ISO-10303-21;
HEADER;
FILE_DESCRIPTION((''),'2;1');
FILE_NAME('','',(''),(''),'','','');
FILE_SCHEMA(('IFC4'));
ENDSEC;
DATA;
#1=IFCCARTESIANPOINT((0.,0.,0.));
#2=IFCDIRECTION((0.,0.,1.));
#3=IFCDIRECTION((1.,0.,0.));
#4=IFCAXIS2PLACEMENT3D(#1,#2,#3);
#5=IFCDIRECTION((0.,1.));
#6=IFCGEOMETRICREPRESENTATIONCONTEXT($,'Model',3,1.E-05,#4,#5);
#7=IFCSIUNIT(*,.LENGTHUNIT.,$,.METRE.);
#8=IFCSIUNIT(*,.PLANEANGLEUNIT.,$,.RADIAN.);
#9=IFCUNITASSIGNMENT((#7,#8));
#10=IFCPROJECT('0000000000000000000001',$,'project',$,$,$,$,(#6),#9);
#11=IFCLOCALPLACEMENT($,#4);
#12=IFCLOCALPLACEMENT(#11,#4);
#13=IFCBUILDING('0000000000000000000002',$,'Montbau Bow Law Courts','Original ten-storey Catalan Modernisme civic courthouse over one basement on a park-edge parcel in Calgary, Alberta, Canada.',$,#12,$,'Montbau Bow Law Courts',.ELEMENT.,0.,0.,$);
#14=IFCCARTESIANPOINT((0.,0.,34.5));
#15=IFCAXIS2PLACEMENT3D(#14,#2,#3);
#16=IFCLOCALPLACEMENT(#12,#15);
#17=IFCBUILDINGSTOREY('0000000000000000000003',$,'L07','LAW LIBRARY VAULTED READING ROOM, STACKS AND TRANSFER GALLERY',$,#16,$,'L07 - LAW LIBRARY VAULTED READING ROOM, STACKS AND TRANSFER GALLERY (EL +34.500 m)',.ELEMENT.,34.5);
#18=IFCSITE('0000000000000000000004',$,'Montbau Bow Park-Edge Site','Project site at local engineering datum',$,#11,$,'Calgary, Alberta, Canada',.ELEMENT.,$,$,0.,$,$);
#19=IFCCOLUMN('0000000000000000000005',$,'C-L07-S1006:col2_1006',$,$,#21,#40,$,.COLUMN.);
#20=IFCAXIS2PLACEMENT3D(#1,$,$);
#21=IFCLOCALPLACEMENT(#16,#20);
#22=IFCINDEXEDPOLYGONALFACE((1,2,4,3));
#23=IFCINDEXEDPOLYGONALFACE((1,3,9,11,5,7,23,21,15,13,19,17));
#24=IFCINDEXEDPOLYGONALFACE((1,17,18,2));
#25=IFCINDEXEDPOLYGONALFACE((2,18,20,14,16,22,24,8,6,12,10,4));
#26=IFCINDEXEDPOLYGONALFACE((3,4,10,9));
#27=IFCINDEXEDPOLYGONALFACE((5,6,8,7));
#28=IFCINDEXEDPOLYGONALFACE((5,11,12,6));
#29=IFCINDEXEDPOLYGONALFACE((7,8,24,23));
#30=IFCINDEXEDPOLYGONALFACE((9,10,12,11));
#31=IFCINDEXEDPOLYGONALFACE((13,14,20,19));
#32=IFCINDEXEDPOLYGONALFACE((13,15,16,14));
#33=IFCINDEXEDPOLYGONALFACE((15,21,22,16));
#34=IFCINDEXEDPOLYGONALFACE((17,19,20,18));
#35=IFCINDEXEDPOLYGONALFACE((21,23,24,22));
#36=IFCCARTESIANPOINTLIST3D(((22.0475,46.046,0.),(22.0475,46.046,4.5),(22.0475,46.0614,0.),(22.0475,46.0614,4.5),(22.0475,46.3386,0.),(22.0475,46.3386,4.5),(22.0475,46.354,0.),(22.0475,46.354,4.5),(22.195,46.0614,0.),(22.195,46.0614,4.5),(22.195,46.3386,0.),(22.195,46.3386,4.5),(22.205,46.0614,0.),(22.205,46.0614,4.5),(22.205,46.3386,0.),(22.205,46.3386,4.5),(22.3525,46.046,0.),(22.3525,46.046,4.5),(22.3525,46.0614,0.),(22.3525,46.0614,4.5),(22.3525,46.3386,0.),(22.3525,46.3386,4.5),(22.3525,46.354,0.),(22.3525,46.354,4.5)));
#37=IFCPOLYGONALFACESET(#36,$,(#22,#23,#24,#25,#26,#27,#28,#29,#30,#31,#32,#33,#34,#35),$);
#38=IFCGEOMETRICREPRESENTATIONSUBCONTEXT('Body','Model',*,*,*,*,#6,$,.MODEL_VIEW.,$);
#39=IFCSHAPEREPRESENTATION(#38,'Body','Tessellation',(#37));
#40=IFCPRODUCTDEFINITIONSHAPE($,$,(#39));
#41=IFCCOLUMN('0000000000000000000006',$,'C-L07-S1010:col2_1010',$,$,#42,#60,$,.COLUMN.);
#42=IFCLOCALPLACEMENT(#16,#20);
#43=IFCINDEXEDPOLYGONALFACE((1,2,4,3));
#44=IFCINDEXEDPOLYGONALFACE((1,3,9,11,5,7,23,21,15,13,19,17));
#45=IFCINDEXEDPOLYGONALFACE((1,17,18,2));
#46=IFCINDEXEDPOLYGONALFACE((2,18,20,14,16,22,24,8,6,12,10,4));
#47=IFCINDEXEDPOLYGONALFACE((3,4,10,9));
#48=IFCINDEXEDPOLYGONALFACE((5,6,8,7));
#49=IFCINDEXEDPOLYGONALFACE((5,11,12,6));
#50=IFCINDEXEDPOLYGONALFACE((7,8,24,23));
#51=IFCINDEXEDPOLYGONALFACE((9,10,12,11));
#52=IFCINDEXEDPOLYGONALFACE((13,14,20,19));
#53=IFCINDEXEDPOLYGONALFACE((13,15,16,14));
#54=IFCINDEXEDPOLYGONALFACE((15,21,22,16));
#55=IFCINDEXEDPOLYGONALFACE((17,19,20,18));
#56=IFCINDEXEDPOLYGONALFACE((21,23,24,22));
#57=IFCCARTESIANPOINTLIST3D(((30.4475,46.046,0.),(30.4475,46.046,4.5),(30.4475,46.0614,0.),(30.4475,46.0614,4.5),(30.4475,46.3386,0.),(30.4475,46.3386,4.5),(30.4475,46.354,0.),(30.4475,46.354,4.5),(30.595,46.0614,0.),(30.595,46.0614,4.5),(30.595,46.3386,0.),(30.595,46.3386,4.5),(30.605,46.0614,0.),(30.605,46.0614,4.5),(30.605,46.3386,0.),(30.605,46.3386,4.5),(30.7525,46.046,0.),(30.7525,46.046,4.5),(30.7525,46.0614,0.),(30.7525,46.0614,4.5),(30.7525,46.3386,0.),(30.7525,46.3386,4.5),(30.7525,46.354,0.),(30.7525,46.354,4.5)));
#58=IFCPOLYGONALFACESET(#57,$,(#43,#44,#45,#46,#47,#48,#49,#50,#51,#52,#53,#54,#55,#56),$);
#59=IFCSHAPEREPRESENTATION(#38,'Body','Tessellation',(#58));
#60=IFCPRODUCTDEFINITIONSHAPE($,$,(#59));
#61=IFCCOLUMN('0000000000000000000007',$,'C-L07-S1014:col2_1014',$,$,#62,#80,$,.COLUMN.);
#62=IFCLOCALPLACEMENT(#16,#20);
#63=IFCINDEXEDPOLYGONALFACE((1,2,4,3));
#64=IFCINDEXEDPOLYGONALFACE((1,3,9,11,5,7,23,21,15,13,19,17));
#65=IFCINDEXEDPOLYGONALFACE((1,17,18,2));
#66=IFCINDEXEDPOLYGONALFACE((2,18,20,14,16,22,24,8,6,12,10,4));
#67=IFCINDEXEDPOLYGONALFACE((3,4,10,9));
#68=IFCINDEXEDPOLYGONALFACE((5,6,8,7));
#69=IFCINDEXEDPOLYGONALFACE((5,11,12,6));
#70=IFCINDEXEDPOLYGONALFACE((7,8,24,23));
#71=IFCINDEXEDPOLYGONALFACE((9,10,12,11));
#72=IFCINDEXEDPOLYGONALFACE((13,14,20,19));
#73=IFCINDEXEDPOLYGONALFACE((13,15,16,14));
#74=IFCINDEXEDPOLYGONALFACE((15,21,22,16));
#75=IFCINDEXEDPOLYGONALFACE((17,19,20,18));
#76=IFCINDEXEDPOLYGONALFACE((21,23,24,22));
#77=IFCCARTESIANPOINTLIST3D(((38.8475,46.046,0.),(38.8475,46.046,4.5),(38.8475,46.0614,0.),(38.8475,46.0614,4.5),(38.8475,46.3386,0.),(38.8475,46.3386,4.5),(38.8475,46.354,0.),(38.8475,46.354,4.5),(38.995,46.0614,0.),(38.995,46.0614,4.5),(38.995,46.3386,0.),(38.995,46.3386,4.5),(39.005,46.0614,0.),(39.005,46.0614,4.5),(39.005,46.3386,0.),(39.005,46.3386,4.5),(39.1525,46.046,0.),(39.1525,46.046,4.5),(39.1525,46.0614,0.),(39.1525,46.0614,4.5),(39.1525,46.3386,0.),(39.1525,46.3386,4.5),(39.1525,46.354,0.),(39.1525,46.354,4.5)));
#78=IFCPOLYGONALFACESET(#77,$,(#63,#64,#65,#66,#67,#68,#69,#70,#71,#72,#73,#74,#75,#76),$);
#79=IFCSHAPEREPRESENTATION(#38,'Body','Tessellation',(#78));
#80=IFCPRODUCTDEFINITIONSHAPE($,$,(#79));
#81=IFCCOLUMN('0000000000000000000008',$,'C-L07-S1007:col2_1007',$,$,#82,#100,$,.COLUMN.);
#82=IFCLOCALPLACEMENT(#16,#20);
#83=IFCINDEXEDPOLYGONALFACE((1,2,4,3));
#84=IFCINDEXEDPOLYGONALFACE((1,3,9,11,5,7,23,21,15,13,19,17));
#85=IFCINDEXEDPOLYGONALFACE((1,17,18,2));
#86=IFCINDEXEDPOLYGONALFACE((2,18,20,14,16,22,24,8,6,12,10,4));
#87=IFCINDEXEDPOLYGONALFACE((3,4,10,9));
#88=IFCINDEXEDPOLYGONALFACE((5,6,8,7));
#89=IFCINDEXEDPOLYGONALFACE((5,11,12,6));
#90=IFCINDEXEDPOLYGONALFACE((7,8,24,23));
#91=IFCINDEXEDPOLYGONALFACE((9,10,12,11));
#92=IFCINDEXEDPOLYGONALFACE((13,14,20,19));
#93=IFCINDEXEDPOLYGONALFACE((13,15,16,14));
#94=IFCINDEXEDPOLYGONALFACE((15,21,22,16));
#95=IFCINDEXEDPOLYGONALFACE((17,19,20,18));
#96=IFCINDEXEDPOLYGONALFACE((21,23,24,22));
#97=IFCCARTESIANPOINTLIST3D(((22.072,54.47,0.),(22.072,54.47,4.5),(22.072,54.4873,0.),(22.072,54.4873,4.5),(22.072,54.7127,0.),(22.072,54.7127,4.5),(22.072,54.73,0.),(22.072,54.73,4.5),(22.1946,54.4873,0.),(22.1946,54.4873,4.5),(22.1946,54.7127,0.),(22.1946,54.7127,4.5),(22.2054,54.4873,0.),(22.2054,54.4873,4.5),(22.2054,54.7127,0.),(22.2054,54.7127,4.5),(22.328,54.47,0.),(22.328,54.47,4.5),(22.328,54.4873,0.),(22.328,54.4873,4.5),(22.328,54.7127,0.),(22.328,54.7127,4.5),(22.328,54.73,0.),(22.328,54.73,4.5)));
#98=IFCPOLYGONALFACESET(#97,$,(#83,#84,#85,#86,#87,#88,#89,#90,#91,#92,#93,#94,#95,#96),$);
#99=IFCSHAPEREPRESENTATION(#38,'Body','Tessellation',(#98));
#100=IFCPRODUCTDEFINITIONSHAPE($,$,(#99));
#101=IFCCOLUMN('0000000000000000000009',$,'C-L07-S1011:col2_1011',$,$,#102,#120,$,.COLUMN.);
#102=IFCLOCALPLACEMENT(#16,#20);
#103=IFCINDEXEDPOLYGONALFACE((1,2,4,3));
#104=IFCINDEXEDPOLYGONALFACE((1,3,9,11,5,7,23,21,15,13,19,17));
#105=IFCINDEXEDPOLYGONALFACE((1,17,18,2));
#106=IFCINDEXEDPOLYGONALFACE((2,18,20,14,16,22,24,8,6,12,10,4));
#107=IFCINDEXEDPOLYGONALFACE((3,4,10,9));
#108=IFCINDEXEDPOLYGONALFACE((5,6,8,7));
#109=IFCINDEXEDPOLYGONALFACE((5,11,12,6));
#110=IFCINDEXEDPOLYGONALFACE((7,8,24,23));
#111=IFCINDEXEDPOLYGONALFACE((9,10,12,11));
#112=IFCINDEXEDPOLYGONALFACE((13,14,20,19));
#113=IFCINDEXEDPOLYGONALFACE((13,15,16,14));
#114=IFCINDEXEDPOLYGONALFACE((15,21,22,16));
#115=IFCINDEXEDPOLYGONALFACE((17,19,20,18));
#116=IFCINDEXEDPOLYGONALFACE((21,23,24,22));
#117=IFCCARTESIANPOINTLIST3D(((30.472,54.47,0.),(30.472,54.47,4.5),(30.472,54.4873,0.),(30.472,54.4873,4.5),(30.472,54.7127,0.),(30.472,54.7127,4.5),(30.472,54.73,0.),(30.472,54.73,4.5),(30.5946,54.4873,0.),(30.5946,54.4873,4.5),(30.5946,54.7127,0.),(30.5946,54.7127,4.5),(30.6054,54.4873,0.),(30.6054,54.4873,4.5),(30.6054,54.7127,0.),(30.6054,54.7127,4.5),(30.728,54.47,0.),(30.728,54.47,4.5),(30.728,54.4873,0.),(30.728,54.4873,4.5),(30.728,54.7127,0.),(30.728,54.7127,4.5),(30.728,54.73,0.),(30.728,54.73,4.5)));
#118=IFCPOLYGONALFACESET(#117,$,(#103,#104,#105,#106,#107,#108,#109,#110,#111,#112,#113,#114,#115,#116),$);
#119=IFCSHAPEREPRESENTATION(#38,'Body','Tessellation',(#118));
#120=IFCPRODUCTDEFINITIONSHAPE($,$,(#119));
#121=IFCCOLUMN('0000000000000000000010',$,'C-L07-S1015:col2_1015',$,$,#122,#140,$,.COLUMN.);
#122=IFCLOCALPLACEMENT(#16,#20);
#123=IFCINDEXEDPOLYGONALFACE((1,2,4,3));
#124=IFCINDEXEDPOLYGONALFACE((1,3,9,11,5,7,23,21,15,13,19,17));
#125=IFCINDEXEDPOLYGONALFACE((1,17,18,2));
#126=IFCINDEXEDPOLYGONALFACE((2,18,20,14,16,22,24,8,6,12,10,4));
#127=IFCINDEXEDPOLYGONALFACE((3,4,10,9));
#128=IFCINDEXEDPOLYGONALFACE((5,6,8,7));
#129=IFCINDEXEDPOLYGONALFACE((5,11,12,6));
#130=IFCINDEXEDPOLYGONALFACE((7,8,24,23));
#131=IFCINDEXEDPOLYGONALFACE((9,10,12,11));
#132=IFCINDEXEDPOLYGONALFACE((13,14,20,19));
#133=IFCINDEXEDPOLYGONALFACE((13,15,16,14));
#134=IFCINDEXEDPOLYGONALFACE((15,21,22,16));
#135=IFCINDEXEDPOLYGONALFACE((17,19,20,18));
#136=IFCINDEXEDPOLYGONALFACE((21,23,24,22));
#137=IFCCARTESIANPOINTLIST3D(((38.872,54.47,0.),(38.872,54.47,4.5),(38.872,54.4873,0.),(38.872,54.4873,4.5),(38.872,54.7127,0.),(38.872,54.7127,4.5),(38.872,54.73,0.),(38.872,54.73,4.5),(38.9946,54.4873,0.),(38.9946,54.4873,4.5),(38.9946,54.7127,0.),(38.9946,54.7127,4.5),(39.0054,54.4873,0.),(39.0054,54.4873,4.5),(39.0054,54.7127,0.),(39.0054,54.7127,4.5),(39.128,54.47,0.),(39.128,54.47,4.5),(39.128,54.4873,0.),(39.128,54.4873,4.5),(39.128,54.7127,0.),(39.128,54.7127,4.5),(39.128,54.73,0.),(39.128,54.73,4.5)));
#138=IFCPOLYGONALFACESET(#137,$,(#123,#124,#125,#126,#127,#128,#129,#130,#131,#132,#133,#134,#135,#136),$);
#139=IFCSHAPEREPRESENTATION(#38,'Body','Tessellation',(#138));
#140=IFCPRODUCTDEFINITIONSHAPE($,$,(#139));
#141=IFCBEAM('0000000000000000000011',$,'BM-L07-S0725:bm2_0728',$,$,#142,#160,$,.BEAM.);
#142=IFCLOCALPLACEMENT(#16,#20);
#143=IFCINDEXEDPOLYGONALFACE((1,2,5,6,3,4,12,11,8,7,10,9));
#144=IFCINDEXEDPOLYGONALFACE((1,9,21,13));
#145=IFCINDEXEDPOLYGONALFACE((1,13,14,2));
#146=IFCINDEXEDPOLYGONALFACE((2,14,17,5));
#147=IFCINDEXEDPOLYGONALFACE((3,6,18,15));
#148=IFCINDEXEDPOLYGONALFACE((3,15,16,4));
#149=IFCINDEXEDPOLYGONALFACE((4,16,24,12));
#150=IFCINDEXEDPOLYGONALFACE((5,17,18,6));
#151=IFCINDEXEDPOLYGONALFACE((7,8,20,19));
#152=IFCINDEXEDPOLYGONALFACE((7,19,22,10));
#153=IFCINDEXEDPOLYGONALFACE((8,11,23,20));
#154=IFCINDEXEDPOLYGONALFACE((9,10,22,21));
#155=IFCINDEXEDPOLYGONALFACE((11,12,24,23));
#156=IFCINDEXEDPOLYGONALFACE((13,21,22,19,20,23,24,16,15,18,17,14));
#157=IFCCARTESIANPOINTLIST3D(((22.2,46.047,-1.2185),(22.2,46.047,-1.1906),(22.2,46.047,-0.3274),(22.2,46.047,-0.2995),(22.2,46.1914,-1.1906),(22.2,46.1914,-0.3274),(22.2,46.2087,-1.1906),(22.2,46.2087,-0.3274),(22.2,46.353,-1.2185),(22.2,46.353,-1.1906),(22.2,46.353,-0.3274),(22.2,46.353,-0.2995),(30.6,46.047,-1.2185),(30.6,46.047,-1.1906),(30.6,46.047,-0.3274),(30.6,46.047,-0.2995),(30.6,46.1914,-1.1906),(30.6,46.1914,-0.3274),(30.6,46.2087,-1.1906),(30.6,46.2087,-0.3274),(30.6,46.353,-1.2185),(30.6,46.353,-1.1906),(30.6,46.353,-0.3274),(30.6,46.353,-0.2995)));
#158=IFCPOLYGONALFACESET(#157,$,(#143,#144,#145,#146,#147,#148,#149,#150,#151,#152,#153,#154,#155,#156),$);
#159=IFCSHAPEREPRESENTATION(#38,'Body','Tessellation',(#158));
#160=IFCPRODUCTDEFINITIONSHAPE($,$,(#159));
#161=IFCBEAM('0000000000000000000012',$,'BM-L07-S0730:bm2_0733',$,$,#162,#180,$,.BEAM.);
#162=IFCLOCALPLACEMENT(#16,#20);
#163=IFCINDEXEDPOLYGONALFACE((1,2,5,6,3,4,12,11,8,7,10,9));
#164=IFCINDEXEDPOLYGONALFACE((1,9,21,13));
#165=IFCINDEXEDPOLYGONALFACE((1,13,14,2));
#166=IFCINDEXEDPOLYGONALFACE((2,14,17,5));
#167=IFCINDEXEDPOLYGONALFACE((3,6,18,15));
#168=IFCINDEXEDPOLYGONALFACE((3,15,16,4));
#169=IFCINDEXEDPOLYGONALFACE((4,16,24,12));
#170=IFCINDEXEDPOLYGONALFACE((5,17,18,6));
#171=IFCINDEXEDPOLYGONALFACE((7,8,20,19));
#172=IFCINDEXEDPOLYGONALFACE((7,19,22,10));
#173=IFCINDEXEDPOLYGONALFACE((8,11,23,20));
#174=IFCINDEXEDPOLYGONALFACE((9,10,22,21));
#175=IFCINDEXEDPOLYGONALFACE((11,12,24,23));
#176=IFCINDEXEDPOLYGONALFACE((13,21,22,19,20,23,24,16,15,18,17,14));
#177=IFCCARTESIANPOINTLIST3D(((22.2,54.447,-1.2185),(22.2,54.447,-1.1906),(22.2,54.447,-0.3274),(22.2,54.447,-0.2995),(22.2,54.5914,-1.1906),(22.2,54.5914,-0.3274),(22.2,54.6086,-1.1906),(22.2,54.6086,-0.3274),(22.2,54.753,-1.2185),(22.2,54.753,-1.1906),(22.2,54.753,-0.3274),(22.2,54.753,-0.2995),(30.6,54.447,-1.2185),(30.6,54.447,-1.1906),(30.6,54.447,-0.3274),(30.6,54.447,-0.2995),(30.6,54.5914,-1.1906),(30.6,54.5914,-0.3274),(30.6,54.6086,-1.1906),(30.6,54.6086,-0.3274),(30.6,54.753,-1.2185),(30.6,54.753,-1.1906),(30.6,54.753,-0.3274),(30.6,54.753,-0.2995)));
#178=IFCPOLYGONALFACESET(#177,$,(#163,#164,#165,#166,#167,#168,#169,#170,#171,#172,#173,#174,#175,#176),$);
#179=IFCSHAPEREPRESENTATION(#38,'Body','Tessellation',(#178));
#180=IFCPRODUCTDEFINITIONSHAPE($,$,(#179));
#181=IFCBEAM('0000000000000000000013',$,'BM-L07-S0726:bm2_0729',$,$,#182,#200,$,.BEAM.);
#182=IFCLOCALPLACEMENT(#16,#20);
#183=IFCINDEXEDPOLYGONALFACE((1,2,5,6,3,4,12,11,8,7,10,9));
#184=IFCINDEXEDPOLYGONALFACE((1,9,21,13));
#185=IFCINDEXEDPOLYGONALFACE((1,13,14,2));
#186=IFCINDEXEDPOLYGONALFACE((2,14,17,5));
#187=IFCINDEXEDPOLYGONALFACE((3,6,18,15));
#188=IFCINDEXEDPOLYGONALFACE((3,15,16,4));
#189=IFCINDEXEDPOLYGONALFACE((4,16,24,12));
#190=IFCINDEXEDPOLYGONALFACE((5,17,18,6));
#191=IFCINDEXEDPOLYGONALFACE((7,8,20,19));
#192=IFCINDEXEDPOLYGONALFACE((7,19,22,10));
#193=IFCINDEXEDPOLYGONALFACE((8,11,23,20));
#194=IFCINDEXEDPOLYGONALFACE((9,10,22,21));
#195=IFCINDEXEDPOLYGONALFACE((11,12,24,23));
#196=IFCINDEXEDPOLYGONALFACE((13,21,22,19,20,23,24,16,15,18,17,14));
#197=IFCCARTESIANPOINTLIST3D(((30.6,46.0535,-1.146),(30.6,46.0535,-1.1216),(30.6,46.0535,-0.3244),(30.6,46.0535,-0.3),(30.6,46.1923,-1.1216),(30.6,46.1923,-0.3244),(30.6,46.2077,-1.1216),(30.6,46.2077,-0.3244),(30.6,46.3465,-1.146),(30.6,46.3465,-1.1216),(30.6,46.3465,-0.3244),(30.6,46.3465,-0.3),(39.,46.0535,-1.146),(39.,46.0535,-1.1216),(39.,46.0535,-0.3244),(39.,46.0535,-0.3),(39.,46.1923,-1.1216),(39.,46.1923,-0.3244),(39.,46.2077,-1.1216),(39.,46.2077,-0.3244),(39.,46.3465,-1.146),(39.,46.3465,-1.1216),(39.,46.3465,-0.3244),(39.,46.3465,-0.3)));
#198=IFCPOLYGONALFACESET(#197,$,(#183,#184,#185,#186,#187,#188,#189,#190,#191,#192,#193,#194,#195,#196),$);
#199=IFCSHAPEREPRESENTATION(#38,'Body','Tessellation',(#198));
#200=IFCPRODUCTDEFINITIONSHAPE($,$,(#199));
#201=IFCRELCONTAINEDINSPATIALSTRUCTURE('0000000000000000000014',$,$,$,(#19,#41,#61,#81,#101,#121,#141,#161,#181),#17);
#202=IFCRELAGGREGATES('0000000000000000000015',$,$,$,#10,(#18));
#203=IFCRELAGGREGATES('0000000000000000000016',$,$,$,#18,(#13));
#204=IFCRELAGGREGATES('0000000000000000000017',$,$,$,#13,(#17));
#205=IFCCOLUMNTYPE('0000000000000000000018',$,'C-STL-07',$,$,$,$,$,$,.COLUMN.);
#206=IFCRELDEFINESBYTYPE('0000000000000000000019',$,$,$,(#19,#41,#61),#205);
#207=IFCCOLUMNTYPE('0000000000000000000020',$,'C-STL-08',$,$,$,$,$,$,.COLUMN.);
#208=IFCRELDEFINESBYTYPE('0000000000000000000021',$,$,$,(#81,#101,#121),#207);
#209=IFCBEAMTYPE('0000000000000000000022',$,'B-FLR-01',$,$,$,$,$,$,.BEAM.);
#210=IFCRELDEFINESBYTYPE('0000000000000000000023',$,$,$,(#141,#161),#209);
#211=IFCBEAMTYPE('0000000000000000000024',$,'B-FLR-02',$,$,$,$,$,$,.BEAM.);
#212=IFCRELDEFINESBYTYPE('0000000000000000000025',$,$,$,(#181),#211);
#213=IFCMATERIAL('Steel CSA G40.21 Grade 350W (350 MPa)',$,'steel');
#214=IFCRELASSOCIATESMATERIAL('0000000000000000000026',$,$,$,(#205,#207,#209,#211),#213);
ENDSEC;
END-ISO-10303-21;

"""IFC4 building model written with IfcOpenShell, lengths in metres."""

from ifc_helpers import new_model, si_unit, direction, frame, origin_with_axes, origin_2d_with_axis, place, context, subcontext, project, spatial, i_section, extrude, material, material_profile, profile_set, type_object, element, save


model = new_model("IFC4")

# Units and contexts
model_context = context("Model", 3, precision=1e-05, world=origin_with_axes(), true_north=direction((0.0, 1.0)))
body_context = subcontext(model_context, "Body", "Model", "MODEL_VIEW")
ifc_project = project(units=[si_unit("LENGTHUNIT", "METRE"), si_unit("PLANEANGLEUNIT", "RADIAN")], contexts=[model_context])

# Site, building, storey
site_placement = place(None, origin_with_axes())
site = spatial("IfcSite", under=ifc_project, at=site_placement, Name="Montbau Bow Park-Edge Site", Description="Project site at local engineering datum", LongName="Calgary, Alberta, Canada", CompositionType="ELEMENT", RefElevation=0.0)
building_placement = place(site_placement, origin_with_axes())
building = spatial("IfcBuilding", under=site, at=building_placement, Name="Montbau Bow Law Courts", Description="Original ten-storey Catalan Modernisme civic courthouse over one basement on a park-edge parcel in Calgary, Alberta, Canada.", LongName="Montbau Bow Law Courts", CompositionType="ELEMENT", ElevationOfRefHeight=0.0, ElevationOfTerrain=0.0)
storey_placement = place(building_placement, frame((0.0, 0.0, 34.5), z_axis=(0.0, 0.0, 1.0), x_axis=(1.0, 0.0, 0.0)))
storey = spatial("IfcBuildingStorey", under=building, at=storey_placement, Name="L07", Description="LAW LIBRARY VAULTED READING ROOM, STACKS AND TRANSFER GALLERY", LongName="L07 - LAW LIBRARY VAULTED READING ROOM, STACKS AND TRANSFER GALLERY (EL +34.500 m)", CompositionType="ELEMENT", Elevation=34.5)

# Columns
ifc_material_1 = material(Name="Steel CSA G40.21 Grade 350W (350 MPa)", Category="steel")
ifc_material_profile_1 = material_profile(ifc_material_1, i_section(OverallWidth=0.305, OverallDepth=0.308, WebThickness=0.0099, FlangeThickness=0.0154, at=origin_2d_with_axis()), Name="W310X97", Category="Main", Priority=0)
ifc_profile_set_1 = profile_set([ifc_material_profile_1], Name="Steel CSA G40.21 Grade 350W (350 MPa)")
column_type_1 = type_object("IfcColumnType", Name="C-STL-07", PredefinedType="COLUMN", material=ifc_profile_set_1)
for number, where, z_axis, x_axis, name in (
    (1, (22.2, 46.2, 34.5), (0.0, 0.0, 1.0), (1.0, 0.0, 0.0), "C-L07-S1006:col2_1006"),
    (2, (30.6, 46.2, 34.5), (0.0, 0.0, 1.0), (1.0, 0.0, 0.0), "C-L07-S1010:col2_1010"),
    (3, (39.0, 46.2, 34.5), (0.0, 0.0, 1.0), (1.0, 0.0, 0.0), "C-L07-S1014:col2_1014"),
):
    element("IfcColumn", number, at=place(None, frame(where, z_axis=z_axis, x_axis=x_axis)), inside=storey, type_object=column_type_1, Name=name, PredefinedType="COLUMN", context=body_context, shape_type="SweptSolid", body=[
        extrude(i_section(OverallWidth=0.305, OverallDepth=0.308, WebThickness=0.0099, FlangeThickness=0.0154, at=origin_2d_with_axis()), origin_with_axes(), (0.0, 0.0, 1.0), 4.5),
    ])
ifc_material_profile_2 = material_profile(ifc_material_1, i_section(OverallWidth=0.256, OverallDepth=0.26, WebThickness=0.0107, FlangeThickness=0.0173, at=origin_2d_with_axis()), Name="W250X89", Category="Main", Priority=0)
ifc_profile_set_2 = profile_set([ifc_material_profile_2], Name="Steel CSA G40.21 Grade 350W (350 MPa)")
column_type_2 = type_object("IfcColumnType", Name="C-STL-08", PredefinedType="COLUMN", material=ifc_profile_set_2)
for number, where, z_axis, x_axis, name in (
    (4, (22.2, 54.6, 34.5), (0.0, 0.0, 1.0), (1.0, 0.0, 0.0), "C-L07-S1007:col2_1007"),
    (5, (30.6, 54.6, 34.5), (0.0, 0.0, 1.0), (1.0, 0.0, 0.0), "C-L07-S1011:col2_1011"),
    (6, (39.0, 54.6, 34.5), (0.0, 0.0, 1.0), (1.0, 0.0, 0.0), "C-L07-S1015:col2_1015"),
):
    element("IfcColumn", number, at=place(None, frame(where, z_axis=z_axis, x_axis=x_axis)), inside=storey, type_object=column_type_2, Name=name, PredefinedType="COLUMN", context=body_context, shape_type="SweptSolid", body=[
        extrude(i_section(OverallWidth=0.256, OverallDepth=0.26, WebThickness=0.0107, FlangeThickness=0.0173, at=origin_2d_with_axis()), origin_with_axes(), (0.0, 0.0, 1.0), 4.5),
    ])

# Beams
ifc_material_profile_3 = material_profile(ifc_material_1, i_section(OverallWidth=0.306, OverallDepth=0.919, WebThickness=0.0173, FlangeThickness=0.0279, at=origin_2d_with_axis()), Name="W920X253", Category="Main", Priority=0)
ifc_profile_set_3 = profile_set([ifc_material_profile_3], Name="Steel CSA G40.21 Grade 350W (350 MPa)")
beam_type_1 = type_object("IfcBeamType", Name="B-FLR-01", PredefinedType="BEAM", material=ifc_profile_set_3)
for number, where, z_axis, x_axis, name in (
    (7, (22.2, 46.2, 33.741), (1.0, 0.0, 0.0), (0.0, 1.0, 0.0), "BM-L07-S0725:bm2_0728"),
    (8, (22.2, 54.6, 33.741), (1.0, 0.0, 0.0), (0.0, 1.0, 0.0), "BM-L07-S0730:bm2_0733"),
):
    element("IfcBeam", number, at=place(None, frame(where, z_axis=z_axis, x_axis=x_axis)), inside=storey, type_object=beam_type_1, Name=name, PredefinedType="BEAM", context=body_context, shape_type="SweptSolid", body=[
        extrude(i_section(OverallWidth=0.306, OverallDepth=0.919, WebThickness=0.0173, FlangeThickness=0.0279, at=origin_2d_with_axis()), origin_with_axes(), (0.0, 0.0, 1.0), 8.4),
    ])
ifc_material_profile_4 = material_profile(ifc_material_1, i_section(OverallWidth=0.293, OverallDepth=0.846, WebThickness=0.0154, FlangeThickness=0.0244, at=origin_2d_with_axis()), Name="W840X210", Category="Main", Priority=0)
ifc_profile_set_4 = profile_set([ifc_material_profile_4], Name="Steel CSA G40.21 Grade 350W (350 MPa)")
beam_type_2 = type_object("IfcBeamType", Name="B-FLR-02", PredefinedType="BEAM", material=ifc_profile_set_4)
for number, where, z_axis, x_axis, name in (
    (9, (30.6, 46.2, 33.777), (1.0, 0.0, 0.0), (0.0, 1.0, 0.0), "BM-L07-S0726:bm2_0729"),
):
    element("IfcBeam", number, at=place(None, frame(where, z_axis=z_axis, x_axis=x_axis)), inside=storey, type_object=beam_type_2, Name=name, PredefinedType="BEAM", context=body_context, shape_type="SweptSolid", body=[
        extrude(i_section(OverallWidth=0.293, OverallDepth=0.846, WebThickness=0.0154, FlangeThickness=0.0244, at=origin_2d_with_axis()), origin_with_axes(), (0.0, 0.0, 1.0), 8.4),
    ])

save(model, "model.ifc")
